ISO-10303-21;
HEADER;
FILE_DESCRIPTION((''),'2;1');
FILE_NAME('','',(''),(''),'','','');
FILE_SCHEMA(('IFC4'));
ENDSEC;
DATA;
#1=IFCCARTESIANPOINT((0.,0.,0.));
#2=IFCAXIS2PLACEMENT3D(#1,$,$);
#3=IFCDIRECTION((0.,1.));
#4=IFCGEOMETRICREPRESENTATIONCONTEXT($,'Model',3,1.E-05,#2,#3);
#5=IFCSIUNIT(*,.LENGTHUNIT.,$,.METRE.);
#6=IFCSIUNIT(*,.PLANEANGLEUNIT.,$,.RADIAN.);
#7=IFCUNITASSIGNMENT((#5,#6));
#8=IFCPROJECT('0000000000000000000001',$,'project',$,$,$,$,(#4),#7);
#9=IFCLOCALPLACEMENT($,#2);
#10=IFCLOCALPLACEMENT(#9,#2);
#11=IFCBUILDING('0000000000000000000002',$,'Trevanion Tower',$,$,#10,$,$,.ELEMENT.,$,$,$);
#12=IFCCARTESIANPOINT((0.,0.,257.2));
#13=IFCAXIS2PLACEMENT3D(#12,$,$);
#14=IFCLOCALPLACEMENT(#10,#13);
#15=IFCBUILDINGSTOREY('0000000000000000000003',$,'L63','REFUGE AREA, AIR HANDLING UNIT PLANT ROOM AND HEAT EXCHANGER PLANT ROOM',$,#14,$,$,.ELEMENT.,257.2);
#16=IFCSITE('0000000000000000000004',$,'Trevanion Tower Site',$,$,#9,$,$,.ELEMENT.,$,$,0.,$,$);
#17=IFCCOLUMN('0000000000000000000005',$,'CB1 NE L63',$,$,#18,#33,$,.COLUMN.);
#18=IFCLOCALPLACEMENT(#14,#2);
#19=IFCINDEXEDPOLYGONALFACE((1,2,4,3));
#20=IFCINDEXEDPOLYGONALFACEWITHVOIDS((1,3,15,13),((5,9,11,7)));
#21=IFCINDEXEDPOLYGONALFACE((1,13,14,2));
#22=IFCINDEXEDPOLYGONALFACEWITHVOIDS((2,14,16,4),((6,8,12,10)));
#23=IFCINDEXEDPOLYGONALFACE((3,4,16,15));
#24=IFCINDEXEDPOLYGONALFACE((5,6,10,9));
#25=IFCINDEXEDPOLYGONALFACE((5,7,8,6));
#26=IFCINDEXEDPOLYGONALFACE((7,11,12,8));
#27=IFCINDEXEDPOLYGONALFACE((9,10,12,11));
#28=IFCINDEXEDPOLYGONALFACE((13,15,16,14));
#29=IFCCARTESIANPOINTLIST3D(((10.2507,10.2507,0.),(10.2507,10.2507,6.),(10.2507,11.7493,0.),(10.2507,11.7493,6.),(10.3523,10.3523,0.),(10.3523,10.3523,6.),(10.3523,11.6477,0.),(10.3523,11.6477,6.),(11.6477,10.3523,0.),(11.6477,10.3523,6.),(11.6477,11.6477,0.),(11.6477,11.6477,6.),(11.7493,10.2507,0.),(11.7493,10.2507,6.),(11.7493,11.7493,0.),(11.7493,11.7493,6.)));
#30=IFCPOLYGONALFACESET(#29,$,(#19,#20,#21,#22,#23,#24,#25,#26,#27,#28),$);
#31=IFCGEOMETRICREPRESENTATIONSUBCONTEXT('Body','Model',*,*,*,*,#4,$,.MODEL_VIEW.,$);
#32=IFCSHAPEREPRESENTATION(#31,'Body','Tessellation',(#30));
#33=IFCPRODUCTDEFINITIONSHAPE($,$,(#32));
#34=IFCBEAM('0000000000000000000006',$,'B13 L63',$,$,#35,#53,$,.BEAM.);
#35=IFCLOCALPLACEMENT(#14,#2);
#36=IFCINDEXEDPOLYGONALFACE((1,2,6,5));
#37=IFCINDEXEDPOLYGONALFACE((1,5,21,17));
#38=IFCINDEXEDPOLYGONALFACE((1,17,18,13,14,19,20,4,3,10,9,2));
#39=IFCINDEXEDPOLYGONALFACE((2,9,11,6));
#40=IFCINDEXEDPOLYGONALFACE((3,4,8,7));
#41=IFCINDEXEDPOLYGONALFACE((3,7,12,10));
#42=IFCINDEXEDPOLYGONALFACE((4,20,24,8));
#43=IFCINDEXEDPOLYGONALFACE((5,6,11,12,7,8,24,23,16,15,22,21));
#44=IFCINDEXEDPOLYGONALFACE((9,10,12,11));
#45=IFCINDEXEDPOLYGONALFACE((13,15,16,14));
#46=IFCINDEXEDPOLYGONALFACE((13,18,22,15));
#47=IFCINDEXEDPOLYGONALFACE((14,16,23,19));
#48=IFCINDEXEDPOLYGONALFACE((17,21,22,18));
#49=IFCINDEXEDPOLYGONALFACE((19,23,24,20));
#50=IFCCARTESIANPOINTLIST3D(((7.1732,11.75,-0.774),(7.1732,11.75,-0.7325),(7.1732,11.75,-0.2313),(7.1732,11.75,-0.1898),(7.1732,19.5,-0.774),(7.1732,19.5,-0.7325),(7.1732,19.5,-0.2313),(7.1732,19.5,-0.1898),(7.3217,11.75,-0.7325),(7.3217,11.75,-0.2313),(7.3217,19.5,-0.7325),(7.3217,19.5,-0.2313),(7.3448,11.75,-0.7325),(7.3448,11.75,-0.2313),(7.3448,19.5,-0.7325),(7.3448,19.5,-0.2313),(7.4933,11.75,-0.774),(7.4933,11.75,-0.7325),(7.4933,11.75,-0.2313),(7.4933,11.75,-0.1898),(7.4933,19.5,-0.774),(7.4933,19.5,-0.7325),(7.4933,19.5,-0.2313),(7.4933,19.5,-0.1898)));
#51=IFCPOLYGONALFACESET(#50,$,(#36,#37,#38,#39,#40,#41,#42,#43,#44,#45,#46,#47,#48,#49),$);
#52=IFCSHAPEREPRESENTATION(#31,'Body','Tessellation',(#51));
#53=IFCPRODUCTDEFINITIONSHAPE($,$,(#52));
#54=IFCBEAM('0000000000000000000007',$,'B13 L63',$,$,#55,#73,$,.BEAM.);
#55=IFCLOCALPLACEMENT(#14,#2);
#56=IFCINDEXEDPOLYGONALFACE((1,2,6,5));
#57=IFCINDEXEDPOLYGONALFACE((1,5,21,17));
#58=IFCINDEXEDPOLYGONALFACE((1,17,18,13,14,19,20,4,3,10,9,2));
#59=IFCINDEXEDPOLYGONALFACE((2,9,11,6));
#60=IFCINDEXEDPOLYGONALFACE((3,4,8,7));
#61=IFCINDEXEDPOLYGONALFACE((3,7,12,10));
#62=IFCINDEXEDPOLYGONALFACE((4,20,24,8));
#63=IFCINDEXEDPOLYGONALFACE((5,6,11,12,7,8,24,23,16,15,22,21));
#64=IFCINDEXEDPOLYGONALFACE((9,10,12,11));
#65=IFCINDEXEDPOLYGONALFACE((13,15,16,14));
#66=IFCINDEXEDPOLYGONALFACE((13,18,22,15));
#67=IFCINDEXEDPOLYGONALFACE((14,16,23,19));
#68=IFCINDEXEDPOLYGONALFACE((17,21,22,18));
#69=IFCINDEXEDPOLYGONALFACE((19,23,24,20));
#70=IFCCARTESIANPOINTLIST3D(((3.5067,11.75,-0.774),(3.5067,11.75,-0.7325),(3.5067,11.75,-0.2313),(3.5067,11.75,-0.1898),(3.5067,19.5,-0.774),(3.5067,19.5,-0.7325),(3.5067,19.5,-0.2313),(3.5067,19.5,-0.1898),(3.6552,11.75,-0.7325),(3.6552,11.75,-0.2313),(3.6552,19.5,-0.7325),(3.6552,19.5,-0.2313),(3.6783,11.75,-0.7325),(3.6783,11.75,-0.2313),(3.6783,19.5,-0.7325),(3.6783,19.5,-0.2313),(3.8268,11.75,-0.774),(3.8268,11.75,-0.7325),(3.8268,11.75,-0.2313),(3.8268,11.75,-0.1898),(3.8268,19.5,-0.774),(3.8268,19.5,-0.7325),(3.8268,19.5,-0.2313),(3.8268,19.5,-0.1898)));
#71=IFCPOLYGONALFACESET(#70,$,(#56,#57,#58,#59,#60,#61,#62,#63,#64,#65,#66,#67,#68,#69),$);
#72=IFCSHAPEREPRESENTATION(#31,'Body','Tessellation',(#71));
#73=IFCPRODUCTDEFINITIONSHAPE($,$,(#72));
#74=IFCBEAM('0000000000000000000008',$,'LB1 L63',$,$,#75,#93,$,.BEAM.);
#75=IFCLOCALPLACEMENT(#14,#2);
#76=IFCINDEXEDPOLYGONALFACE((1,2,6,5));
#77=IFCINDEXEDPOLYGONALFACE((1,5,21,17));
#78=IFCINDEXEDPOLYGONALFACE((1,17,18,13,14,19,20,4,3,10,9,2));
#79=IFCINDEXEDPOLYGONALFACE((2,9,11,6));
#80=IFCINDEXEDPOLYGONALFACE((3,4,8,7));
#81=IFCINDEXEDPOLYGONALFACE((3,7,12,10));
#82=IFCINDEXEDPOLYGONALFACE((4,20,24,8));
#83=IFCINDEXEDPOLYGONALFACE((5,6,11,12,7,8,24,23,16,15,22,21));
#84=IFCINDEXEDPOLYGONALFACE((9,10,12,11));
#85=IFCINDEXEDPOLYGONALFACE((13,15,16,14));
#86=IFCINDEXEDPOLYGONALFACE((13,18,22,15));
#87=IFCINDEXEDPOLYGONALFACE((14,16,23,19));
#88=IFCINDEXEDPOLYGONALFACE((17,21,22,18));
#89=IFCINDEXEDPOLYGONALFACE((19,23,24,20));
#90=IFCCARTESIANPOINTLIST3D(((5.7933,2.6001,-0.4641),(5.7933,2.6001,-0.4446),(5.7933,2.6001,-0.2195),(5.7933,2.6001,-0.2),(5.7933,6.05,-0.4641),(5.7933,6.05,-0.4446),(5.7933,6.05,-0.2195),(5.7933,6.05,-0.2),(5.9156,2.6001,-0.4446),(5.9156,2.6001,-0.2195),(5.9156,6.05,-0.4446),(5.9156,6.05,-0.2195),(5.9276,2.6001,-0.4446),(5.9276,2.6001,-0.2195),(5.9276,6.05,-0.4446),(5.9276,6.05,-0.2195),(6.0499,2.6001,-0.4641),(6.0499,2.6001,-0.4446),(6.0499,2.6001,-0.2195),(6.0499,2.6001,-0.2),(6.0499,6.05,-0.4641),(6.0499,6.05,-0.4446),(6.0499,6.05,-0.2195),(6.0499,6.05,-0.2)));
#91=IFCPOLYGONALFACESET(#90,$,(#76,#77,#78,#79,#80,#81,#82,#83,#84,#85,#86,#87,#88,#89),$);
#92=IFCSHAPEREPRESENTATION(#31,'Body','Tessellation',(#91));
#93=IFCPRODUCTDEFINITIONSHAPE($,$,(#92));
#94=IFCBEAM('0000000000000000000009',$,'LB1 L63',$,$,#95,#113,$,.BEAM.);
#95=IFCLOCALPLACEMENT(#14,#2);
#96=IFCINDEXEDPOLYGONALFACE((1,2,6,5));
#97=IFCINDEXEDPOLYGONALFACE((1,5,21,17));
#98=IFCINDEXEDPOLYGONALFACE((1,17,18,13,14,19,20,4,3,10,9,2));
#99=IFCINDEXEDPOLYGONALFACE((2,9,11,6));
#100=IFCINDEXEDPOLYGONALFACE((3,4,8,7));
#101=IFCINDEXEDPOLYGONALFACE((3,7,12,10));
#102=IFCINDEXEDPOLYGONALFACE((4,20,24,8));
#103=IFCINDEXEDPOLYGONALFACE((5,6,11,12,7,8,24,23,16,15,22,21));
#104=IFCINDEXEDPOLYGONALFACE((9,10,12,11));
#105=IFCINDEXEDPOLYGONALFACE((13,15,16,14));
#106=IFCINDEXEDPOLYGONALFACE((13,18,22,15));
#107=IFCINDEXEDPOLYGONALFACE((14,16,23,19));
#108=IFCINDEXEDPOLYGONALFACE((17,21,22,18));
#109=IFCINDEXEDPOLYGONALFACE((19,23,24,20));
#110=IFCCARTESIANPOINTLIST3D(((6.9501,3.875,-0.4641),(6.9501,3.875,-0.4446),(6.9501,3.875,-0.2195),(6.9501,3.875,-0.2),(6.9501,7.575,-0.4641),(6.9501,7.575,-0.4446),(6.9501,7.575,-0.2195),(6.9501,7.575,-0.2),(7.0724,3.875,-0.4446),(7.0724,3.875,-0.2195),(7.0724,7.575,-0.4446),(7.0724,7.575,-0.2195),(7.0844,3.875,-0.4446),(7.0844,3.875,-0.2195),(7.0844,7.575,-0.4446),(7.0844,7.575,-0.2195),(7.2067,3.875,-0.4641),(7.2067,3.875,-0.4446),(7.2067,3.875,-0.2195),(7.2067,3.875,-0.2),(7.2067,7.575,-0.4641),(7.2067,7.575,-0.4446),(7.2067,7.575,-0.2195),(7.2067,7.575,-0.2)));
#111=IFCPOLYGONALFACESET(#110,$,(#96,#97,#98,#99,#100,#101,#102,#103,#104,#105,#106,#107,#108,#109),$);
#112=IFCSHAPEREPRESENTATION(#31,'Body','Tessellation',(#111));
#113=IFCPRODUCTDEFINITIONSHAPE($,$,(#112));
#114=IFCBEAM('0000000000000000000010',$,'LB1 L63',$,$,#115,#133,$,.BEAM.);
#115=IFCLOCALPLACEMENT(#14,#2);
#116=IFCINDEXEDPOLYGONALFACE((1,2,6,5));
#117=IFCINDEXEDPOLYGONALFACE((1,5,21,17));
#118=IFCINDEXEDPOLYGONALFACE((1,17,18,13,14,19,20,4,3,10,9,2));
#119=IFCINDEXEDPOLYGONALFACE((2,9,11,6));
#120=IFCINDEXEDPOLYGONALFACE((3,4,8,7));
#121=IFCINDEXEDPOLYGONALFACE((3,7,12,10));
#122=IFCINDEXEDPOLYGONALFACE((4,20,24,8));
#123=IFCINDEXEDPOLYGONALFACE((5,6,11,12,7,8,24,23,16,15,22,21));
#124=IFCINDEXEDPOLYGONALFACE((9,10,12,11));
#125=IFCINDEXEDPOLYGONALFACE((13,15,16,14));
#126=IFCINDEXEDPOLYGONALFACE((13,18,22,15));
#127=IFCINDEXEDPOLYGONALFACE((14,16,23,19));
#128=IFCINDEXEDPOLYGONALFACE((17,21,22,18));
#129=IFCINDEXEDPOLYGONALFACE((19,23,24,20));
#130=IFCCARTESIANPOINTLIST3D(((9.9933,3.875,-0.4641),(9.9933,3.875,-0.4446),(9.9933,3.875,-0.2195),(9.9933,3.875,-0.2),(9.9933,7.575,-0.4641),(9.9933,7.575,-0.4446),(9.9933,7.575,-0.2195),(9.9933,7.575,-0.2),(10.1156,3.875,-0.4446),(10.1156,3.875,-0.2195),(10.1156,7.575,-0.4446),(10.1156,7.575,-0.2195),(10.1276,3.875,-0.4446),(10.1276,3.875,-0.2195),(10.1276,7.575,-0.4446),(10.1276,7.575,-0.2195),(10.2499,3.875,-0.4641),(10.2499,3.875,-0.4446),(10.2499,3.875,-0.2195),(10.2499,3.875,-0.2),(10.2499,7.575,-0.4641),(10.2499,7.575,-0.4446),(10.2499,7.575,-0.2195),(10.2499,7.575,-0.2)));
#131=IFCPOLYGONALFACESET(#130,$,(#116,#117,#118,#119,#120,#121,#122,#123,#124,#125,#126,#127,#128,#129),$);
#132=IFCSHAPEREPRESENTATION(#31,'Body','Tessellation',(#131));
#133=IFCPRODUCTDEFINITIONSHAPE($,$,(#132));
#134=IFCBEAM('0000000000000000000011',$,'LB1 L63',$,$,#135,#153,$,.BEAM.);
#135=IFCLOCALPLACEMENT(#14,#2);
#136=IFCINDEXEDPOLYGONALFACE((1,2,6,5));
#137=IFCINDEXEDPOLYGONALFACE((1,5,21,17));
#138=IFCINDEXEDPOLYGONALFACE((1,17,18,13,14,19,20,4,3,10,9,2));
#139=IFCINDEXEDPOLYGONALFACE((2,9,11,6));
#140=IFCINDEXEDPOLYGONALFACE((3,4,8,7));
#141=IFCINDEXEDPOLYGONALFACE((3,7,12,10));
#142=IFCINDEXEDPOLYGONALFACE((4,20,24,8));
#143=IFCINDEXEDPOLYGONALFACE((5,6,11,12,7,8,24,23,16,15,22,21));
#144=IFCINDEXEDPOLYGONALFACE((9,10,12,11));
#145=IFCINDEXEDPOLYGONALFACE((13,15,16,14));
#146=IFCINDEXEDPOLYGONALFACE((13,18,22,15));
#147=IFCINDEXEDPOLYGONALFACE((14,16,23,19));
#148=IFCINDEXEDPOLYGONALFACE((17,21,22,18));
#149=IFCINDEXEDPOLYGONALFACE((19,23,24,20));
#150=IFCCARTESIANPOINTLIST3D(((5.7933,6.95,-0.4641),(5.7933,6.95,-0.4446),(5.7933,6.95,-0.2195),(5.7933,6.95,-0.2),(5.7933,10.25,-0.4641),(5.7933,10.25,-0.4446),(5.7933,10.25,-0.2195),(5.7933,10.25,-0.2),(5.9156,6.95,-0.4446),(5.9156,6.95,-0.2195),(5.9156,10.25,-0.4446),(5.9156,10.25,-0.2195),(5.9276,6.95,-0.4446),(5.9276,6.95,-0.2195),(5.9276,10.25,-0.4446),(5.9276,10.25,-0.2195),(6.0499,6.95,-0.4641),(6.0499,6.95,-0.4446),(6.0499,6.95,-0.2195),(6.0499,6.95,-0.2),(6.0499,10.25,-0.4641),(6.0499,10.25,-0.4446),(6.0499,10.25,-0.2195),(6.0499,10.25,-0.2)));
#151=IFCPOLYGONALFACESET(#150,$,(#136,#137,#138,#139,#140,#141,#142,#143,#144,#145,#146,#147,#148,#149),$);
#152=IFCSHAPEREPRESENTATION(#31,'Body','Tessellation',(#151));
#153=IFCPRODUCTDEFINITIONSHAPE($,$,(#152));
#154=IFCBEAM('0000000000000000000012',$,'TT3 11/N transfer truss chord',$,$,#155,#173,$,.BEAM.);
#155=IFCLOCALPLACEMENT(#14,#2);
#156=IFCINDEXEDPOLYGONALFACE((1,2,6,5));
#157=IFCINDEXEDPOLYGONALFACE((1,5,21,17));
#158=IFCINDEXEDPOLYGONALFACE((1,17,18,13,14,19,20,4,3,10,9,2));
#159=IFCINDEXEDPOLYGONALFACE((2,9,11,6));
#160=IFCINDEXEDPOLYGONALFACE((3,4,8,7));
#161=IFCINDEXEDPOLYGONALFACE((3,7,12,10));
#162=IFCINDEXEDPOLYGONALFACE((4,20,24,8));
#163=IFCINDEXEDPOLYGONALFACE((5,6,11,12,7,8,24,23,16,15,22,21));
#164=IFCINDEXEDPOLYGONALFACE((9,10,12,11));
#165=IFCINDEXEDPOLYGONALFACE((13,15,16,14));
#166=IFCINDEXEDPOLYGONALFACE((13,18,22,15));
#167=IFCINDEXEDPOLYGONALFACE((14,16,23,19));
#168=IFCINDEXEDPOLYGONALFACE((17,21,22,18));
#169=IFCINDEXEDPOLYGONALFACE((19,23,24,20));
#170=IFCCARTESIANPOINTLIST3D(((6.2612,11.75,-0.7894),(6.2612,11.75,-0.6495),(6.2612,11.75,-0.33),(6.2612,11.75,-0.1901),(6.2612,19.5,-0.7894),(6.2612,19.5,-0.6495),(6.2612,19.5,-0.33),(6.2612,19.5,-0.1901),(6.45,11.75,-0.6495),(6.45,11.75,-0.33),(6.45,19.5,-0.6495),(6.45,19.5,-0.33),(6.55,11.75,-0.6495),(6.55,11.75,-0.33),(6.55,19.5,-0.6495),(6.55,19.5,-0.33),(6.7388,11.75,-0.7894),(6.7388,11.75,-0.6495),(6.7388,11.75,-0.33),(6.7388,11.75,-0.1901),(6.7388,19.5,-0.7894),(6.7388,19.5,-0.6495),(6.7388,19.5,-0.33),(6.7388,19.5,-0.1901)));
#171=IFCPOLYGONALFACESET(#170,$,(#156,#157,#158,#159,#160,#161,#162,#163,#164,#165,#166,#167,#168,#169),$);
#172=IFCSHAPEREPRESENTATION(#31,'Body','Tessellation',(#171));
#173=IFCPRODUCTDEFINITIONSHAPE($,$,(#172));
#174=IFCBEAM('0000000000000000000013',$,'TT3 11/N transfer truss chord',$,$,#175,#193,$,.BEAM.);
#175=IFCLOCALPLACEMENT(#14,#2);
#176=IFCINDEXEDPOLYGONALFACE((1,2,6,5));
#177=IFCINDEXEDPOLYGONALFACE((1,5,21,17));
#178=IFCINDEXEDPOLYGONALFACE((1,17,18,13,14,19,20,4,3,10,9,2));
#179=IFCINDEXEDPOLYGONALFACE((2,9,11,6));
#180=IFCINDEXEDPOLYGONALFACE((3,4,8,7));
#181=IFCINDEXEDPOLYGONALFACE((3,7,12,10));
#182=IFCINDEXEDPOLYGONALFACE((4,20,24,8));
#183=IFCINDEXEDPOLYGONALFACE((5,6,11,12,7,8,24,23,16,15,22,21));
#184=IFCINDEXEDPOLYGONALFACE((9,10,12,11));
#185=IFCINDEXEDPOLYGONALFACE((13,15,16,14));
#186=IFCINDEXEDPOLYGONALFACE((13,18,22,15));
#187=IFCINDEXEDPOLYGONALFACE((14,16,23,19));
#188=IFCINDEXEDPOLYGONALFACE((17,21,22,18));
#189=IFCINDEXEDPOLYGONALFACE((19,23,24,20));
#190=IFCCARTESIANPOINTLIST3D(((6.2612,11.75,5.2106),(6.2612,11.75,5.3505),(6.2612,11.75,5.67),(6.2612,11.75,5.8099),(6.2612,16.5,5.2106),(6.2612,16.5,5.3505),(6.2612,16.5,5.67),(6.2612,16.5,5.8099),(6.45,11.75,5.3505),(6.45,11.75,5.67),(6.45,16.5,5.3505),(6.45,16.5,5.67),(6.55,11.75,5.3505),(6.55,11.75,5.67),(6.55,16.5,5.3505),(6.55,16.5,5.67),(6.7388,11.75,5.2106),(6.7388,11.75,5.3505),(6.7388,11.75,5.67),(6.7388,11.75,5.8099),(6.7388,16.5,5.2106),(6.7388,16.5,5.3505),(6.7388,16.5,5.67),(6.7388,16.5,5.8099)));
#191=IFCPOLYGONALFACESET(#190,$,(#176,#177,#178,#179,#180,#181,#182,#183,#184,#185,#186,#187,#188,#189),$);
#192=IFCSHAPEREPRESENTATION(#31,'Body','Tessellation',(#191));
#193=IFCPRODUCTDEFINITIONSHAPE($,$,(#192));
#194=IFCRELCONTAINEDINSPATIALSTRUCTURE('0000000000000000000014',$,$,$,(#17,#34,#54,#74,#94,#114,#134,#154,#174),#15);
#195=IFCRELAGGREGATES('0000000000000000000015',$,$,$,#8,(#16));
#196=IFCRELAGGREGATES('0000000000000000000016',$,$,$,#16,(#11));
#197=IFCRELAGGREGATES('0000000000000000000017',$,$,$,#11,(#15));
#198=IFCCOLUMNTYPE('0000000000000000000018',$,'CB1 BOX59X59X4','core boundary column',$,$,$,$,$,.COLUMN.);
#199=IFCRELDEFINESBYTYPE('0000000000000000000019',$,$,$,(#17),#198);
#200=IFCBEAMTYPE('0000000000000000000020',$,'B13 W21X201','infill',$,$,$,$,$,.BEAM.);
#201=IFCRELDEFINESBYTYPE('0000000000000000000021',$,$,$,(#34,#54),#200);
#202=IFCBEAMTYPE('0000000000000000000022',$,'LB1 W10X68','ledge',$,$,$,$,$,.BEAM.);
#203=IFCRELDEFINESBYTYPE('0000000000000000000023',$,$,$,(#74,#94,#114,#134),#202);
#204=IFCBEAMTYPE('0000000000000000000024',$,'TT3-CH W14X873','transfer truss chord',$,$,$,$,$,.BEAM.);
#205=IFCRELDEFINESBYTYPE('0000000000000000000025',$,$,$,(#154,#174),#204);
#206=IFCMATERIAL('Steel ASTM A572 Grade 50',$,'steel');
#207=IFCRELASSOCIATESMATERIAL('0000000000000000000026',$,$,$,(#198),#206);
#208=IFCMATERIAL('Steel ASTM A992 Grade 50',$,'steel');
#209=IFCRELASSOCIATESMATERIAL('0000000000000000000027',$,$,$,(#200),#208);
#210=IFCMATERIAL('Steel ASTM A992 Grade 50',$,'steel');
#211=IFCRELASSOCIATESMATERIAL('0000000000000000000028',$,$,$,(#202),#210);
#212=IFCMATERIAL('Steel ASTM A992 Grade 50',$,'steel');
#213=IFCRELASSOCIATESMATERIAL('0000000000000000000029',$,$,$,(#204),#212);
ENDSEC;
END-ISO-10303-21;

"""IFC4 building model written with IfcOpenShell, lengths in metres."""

from ifc_helpers import new_model, si_unit, direction, frame, origin, origin_2d, place, context, subcontext, project, spatial, hollow_rectangle, i_section, extrude, material, material_profile, profile_set, type_object, element, save


model = new_model("IFC4")

# Units and contexts
model_context = context("Model", 3, precision=1e-05, world=origin(), true_north=direction((0.0, 1.0)))
body_context = subcontext(model_context, "Body", "Model", "MODEL_VIEW")
ifc_project = project(units=[si_unit("LENGTHUNIT", "METRE"), si_unit("PLANEANGLEUNIT", "RADIAN")], contexts=[model_context])

# Site, building, storey
site_placement = place(None, origin())
site = spatial("IfcSite", under=ifc_project, at=site_placement, Name="Trevanion Tower Site", CompositionType="ELEMENT", RefElevation=0.0)
building_placement = place(site_placement, origin())
building = spatial("IfcBuilding", under=site, at=building_placement, Name="Trevanion Tower", CompositionType="ELEMENT")
storey_placement = place(building_placement, frame((0.0, 0.0, 257.2)))
storey = spatial("IfcBuildingStorey", under=building, at=storey_placement, Name="L63", Description="REFUGE AREA, AIR HANDLING UNIT PLANT ROOM AND HEAT EXCHANGER PLANT ROOM", CompositionType="ELEMENT", Elevation=257.2)

# Column
ifc_material_1 = material(Name="Steel ASTM A572 Grade 50", Category="steel")
ifc_material_profile_1 = material_profile(ifc_material_1, hollow_rectangle(XDim=1.4985, YDim=1.4985, WallThickness=0.1016, at=origin_2d()), Name="BOX59X59X4")
ifc_profile_set_1 = profile_set([ifc_material_profile_1], Name="Steel ASTM A572 Grade 50")
column_type = type_object("IfcColumnType", Name="CB1 BOX59X59X4", Description="core boundary column", PredefinedType="COLUMN", material=ifc_profile_set_1)
column_placement = place(storey_placement, frame((11.0, 11.0, 0.0), z_axis=(0.0, 0.0, 1.0), x_axis=(1.0, 0.0, 0.0)))
element("IfcColumn", 1, at=column_placement, inside=storey, type_object=column_type, Name="CB1 NE L63", PredefinedType="COLUMN", context=body_context, shape_type="SweptSolid", body=[
    extrude(hollow_rectangle(XDim=1.4985, YDim=1.4985, WallThickness=0.1016, at=origin_2d()), origin(), (0.0, 0.0, 1.0), 6.0),
])

# Beams
ifc_material_2 = material(Name="Steel ASTM A992 Grade 50", Category="steel")
ifc_material_profile_2 = material_profile(ifc_material_2, i_section(OverallWidth=0.3201, OverallDepth=0.5842, WebThickness=0.0232, FlangeThickness=0.0415, at=origin_2d()), Name="W21X201")
ifc_profile_set_2 = profile_set([ifc_material_profile_2], Name="Steel ASTM A992 Grade 50")
beam_type_1 = type_object("IfcBeamType", Name="B13 W21X201", Description="infill", PredefinedType="BEAM", material=ifc_profile_set_2)
for number, where, z_axis, x_axis, name in (
    (2, (7.3333, 11.75, -0.4819), (0.0, 1.0, 0.0), (-1.0, 0.0, 0.0), "B13 L63"),
    (3, (3.6667, 11.75, -0.4819), (0.0, 1.0, 0.0), (-1.0, 0.0, 0.0), "B13 L63"),
):
    element("IfcBeam", number, at=place(storey_placement, frame(where, z_axis=z_axis, x_axis=x_axis)), inside=storey, type_object=beam_type_1, Name=name, PredefinedType="BEAM", context=body_context, shape_type="SweptSolid", body=[
        extrude(i_section(OverallWidth=0.3201, OverallDepth=0.5842, WebThickness=0.0232, FlangeThickness=0.0415, at=origin_2d()), origin(), (0.0, 0.0, 1.0), 7.75),
    ])
ifc_material_3 = material(Name="Steel ASTM A992 Grade 50", Category="steel")
ifc_material_profile_3 = material_profile(ifc_material_3, i_section(OverallWidth=0.2566, OverallDepth=0.2642, WebThickness=0.012, FlangeThickness=0.0195, at=origin_2d()), Name="W10X68")
ifc_profile_set_3 = profile_set([ifc_material_profile_3], Name="Steel ASTM A992 Grade 50")
beam_type_2 = type_object("IfcBeamType", Name="LB1 W10X68", Description="ledge", PredefinedType="BEAM", material=ifc_profile_set_3)
beam_1_placement = place(storey_placement, frame((5.9216, 2.6001, -0.332), z_axis=(0.0, 1.0, 0.0), x_axis=(-1.0, 0.0, 0.0)))
element("IfcBeam", 4, at=beam_1_placement, inside=storey, type_object=beam_type_2, Name="LB1 L63", PredefinedType="BEAM", context=body_context, shape_type="SweptSolid", body=[
    extrude(i_section(OverallWidth=0.2566, OverallDepth=0.2642, WebThickness=0.012, FlangeThickness=0.0195, at=origin_2d()), origin(), (0.0, 0.0, 1.0), 3.45),
])
for number, where, z_axis, x_axis, name in (
    (5, (7.0784, 3.875, -0.332), (0.0, 1.0, 0.0), (-1.0, 0.0, 0.0), "LB1 L63"),
    (6, (10.1216, 3.875, -0.332), (0.0, 1.0, 0.0), (-1.0, 0.0, 0.0), "LB1 L63"),
):
    element("IfcBeam", number, at=place(storey_placement, frame(where, z_axis=z_axis, x_axis=x_axis)), inside=storey, type_object=beam_type_2, Name=name, PredefinedType="BEAM", context=body_context, shape_type="SweptSolid", body=[
        extrude(i_section(OverallWidth=0.2566, OverallDepth=0.2642, WebThickness=0.012, FlangeThickness=0.0195, at=origin_2d()), origin(), (0.0, 0.0, 1.0), 3.7),
    ])
beam_2_placement = place(storey_placement, frame((5.9216, 6.95, -0.332), z_axis=(0.0, 1.0, 0.0), x_axis=(-1.0, 0.0, 0.0)))
element("IfcBeam", 7, at=beam_2_placement, inside=storey, type_object=beam_type_2, Name="LB1 L63", PredefinedType="BEAM", context=body_context, shape_type="SweptSolid", body=[
    extrude(i_section(OverallWidth=0.2566, OverallDepth=0.2642, WebThickness=0.012, FlangeThickness=0.0195, at=origin_2d()), origin(), (0.0, 0.0, 1.0), 3.3),
])
ifc_material_4 = material(Name="Steel ASTM A992 Grade 50", Category="steel")
ifc_material_profile_4 = material_profile(ifc_material_4, i_section(OverallWidth=0.4775, OverallDepth=0.5994, WebThickness=0.1001, FlangeThickness=0.1399, at=origin_2d()), Name="W14X873")
ifc_profile_set_4 = profile_set([ifc_material_profile_4], Name="Steel ASTM A992 Grade 50")
beam_type_3 = type_object("IfcBeamType", Name="TT3-CH W14X873", Description="transfer truss chord", PredefinedType="BEAM", material=ifc_profile_set_4)
beam_3_placement = place(storey_placement, frame((6.5, 11.75, -0.4897), z_axis=(0.0, 1.0, 0.0), x_axis=(-1.0, 0.0, 0.0)))
element("IfcBeam", 8, at=beam_3_placement, inside=storey, type_object=beam_type_3, Name="TT3 11/N transfer truss chord", PredefinedType="BEAM", context=body_context, shape_type="SweptSolid", body=[
    extrude(i_section(OverallWidth=0.4775, OverallDepth=0.5994, WebThickness=0.1001, FlangeThickness=0.1399, at=origin_2d()), origin(), (0.0, 0.0, 1.0), 7.75),
])
beam_4_placement = place(storey_placement, frame((6.5, 11.75, 5.5103), z_axis=(0.0, 1.0, 0.0), x_axis=(-1.0, 0.0, 0.0)))
element("IfcBeam", 9, at=beam_4_placement, inside=storey, type_object=beam_type_3, Name="TT3 11/N transfer truss chord", PredefinedType="BEAM", context=body_context, shape_type="SweptSolid", body=[
    extrude(i_section(OverallWidth=0.4775, OverallDepth=0.5994, WebThickness=0.1001, FlangeThickness=0.1399, at=origin_2d()), origin(), (0.0, 0.0, 1.0), 4.75),
])

save(model, "model.ifc")
